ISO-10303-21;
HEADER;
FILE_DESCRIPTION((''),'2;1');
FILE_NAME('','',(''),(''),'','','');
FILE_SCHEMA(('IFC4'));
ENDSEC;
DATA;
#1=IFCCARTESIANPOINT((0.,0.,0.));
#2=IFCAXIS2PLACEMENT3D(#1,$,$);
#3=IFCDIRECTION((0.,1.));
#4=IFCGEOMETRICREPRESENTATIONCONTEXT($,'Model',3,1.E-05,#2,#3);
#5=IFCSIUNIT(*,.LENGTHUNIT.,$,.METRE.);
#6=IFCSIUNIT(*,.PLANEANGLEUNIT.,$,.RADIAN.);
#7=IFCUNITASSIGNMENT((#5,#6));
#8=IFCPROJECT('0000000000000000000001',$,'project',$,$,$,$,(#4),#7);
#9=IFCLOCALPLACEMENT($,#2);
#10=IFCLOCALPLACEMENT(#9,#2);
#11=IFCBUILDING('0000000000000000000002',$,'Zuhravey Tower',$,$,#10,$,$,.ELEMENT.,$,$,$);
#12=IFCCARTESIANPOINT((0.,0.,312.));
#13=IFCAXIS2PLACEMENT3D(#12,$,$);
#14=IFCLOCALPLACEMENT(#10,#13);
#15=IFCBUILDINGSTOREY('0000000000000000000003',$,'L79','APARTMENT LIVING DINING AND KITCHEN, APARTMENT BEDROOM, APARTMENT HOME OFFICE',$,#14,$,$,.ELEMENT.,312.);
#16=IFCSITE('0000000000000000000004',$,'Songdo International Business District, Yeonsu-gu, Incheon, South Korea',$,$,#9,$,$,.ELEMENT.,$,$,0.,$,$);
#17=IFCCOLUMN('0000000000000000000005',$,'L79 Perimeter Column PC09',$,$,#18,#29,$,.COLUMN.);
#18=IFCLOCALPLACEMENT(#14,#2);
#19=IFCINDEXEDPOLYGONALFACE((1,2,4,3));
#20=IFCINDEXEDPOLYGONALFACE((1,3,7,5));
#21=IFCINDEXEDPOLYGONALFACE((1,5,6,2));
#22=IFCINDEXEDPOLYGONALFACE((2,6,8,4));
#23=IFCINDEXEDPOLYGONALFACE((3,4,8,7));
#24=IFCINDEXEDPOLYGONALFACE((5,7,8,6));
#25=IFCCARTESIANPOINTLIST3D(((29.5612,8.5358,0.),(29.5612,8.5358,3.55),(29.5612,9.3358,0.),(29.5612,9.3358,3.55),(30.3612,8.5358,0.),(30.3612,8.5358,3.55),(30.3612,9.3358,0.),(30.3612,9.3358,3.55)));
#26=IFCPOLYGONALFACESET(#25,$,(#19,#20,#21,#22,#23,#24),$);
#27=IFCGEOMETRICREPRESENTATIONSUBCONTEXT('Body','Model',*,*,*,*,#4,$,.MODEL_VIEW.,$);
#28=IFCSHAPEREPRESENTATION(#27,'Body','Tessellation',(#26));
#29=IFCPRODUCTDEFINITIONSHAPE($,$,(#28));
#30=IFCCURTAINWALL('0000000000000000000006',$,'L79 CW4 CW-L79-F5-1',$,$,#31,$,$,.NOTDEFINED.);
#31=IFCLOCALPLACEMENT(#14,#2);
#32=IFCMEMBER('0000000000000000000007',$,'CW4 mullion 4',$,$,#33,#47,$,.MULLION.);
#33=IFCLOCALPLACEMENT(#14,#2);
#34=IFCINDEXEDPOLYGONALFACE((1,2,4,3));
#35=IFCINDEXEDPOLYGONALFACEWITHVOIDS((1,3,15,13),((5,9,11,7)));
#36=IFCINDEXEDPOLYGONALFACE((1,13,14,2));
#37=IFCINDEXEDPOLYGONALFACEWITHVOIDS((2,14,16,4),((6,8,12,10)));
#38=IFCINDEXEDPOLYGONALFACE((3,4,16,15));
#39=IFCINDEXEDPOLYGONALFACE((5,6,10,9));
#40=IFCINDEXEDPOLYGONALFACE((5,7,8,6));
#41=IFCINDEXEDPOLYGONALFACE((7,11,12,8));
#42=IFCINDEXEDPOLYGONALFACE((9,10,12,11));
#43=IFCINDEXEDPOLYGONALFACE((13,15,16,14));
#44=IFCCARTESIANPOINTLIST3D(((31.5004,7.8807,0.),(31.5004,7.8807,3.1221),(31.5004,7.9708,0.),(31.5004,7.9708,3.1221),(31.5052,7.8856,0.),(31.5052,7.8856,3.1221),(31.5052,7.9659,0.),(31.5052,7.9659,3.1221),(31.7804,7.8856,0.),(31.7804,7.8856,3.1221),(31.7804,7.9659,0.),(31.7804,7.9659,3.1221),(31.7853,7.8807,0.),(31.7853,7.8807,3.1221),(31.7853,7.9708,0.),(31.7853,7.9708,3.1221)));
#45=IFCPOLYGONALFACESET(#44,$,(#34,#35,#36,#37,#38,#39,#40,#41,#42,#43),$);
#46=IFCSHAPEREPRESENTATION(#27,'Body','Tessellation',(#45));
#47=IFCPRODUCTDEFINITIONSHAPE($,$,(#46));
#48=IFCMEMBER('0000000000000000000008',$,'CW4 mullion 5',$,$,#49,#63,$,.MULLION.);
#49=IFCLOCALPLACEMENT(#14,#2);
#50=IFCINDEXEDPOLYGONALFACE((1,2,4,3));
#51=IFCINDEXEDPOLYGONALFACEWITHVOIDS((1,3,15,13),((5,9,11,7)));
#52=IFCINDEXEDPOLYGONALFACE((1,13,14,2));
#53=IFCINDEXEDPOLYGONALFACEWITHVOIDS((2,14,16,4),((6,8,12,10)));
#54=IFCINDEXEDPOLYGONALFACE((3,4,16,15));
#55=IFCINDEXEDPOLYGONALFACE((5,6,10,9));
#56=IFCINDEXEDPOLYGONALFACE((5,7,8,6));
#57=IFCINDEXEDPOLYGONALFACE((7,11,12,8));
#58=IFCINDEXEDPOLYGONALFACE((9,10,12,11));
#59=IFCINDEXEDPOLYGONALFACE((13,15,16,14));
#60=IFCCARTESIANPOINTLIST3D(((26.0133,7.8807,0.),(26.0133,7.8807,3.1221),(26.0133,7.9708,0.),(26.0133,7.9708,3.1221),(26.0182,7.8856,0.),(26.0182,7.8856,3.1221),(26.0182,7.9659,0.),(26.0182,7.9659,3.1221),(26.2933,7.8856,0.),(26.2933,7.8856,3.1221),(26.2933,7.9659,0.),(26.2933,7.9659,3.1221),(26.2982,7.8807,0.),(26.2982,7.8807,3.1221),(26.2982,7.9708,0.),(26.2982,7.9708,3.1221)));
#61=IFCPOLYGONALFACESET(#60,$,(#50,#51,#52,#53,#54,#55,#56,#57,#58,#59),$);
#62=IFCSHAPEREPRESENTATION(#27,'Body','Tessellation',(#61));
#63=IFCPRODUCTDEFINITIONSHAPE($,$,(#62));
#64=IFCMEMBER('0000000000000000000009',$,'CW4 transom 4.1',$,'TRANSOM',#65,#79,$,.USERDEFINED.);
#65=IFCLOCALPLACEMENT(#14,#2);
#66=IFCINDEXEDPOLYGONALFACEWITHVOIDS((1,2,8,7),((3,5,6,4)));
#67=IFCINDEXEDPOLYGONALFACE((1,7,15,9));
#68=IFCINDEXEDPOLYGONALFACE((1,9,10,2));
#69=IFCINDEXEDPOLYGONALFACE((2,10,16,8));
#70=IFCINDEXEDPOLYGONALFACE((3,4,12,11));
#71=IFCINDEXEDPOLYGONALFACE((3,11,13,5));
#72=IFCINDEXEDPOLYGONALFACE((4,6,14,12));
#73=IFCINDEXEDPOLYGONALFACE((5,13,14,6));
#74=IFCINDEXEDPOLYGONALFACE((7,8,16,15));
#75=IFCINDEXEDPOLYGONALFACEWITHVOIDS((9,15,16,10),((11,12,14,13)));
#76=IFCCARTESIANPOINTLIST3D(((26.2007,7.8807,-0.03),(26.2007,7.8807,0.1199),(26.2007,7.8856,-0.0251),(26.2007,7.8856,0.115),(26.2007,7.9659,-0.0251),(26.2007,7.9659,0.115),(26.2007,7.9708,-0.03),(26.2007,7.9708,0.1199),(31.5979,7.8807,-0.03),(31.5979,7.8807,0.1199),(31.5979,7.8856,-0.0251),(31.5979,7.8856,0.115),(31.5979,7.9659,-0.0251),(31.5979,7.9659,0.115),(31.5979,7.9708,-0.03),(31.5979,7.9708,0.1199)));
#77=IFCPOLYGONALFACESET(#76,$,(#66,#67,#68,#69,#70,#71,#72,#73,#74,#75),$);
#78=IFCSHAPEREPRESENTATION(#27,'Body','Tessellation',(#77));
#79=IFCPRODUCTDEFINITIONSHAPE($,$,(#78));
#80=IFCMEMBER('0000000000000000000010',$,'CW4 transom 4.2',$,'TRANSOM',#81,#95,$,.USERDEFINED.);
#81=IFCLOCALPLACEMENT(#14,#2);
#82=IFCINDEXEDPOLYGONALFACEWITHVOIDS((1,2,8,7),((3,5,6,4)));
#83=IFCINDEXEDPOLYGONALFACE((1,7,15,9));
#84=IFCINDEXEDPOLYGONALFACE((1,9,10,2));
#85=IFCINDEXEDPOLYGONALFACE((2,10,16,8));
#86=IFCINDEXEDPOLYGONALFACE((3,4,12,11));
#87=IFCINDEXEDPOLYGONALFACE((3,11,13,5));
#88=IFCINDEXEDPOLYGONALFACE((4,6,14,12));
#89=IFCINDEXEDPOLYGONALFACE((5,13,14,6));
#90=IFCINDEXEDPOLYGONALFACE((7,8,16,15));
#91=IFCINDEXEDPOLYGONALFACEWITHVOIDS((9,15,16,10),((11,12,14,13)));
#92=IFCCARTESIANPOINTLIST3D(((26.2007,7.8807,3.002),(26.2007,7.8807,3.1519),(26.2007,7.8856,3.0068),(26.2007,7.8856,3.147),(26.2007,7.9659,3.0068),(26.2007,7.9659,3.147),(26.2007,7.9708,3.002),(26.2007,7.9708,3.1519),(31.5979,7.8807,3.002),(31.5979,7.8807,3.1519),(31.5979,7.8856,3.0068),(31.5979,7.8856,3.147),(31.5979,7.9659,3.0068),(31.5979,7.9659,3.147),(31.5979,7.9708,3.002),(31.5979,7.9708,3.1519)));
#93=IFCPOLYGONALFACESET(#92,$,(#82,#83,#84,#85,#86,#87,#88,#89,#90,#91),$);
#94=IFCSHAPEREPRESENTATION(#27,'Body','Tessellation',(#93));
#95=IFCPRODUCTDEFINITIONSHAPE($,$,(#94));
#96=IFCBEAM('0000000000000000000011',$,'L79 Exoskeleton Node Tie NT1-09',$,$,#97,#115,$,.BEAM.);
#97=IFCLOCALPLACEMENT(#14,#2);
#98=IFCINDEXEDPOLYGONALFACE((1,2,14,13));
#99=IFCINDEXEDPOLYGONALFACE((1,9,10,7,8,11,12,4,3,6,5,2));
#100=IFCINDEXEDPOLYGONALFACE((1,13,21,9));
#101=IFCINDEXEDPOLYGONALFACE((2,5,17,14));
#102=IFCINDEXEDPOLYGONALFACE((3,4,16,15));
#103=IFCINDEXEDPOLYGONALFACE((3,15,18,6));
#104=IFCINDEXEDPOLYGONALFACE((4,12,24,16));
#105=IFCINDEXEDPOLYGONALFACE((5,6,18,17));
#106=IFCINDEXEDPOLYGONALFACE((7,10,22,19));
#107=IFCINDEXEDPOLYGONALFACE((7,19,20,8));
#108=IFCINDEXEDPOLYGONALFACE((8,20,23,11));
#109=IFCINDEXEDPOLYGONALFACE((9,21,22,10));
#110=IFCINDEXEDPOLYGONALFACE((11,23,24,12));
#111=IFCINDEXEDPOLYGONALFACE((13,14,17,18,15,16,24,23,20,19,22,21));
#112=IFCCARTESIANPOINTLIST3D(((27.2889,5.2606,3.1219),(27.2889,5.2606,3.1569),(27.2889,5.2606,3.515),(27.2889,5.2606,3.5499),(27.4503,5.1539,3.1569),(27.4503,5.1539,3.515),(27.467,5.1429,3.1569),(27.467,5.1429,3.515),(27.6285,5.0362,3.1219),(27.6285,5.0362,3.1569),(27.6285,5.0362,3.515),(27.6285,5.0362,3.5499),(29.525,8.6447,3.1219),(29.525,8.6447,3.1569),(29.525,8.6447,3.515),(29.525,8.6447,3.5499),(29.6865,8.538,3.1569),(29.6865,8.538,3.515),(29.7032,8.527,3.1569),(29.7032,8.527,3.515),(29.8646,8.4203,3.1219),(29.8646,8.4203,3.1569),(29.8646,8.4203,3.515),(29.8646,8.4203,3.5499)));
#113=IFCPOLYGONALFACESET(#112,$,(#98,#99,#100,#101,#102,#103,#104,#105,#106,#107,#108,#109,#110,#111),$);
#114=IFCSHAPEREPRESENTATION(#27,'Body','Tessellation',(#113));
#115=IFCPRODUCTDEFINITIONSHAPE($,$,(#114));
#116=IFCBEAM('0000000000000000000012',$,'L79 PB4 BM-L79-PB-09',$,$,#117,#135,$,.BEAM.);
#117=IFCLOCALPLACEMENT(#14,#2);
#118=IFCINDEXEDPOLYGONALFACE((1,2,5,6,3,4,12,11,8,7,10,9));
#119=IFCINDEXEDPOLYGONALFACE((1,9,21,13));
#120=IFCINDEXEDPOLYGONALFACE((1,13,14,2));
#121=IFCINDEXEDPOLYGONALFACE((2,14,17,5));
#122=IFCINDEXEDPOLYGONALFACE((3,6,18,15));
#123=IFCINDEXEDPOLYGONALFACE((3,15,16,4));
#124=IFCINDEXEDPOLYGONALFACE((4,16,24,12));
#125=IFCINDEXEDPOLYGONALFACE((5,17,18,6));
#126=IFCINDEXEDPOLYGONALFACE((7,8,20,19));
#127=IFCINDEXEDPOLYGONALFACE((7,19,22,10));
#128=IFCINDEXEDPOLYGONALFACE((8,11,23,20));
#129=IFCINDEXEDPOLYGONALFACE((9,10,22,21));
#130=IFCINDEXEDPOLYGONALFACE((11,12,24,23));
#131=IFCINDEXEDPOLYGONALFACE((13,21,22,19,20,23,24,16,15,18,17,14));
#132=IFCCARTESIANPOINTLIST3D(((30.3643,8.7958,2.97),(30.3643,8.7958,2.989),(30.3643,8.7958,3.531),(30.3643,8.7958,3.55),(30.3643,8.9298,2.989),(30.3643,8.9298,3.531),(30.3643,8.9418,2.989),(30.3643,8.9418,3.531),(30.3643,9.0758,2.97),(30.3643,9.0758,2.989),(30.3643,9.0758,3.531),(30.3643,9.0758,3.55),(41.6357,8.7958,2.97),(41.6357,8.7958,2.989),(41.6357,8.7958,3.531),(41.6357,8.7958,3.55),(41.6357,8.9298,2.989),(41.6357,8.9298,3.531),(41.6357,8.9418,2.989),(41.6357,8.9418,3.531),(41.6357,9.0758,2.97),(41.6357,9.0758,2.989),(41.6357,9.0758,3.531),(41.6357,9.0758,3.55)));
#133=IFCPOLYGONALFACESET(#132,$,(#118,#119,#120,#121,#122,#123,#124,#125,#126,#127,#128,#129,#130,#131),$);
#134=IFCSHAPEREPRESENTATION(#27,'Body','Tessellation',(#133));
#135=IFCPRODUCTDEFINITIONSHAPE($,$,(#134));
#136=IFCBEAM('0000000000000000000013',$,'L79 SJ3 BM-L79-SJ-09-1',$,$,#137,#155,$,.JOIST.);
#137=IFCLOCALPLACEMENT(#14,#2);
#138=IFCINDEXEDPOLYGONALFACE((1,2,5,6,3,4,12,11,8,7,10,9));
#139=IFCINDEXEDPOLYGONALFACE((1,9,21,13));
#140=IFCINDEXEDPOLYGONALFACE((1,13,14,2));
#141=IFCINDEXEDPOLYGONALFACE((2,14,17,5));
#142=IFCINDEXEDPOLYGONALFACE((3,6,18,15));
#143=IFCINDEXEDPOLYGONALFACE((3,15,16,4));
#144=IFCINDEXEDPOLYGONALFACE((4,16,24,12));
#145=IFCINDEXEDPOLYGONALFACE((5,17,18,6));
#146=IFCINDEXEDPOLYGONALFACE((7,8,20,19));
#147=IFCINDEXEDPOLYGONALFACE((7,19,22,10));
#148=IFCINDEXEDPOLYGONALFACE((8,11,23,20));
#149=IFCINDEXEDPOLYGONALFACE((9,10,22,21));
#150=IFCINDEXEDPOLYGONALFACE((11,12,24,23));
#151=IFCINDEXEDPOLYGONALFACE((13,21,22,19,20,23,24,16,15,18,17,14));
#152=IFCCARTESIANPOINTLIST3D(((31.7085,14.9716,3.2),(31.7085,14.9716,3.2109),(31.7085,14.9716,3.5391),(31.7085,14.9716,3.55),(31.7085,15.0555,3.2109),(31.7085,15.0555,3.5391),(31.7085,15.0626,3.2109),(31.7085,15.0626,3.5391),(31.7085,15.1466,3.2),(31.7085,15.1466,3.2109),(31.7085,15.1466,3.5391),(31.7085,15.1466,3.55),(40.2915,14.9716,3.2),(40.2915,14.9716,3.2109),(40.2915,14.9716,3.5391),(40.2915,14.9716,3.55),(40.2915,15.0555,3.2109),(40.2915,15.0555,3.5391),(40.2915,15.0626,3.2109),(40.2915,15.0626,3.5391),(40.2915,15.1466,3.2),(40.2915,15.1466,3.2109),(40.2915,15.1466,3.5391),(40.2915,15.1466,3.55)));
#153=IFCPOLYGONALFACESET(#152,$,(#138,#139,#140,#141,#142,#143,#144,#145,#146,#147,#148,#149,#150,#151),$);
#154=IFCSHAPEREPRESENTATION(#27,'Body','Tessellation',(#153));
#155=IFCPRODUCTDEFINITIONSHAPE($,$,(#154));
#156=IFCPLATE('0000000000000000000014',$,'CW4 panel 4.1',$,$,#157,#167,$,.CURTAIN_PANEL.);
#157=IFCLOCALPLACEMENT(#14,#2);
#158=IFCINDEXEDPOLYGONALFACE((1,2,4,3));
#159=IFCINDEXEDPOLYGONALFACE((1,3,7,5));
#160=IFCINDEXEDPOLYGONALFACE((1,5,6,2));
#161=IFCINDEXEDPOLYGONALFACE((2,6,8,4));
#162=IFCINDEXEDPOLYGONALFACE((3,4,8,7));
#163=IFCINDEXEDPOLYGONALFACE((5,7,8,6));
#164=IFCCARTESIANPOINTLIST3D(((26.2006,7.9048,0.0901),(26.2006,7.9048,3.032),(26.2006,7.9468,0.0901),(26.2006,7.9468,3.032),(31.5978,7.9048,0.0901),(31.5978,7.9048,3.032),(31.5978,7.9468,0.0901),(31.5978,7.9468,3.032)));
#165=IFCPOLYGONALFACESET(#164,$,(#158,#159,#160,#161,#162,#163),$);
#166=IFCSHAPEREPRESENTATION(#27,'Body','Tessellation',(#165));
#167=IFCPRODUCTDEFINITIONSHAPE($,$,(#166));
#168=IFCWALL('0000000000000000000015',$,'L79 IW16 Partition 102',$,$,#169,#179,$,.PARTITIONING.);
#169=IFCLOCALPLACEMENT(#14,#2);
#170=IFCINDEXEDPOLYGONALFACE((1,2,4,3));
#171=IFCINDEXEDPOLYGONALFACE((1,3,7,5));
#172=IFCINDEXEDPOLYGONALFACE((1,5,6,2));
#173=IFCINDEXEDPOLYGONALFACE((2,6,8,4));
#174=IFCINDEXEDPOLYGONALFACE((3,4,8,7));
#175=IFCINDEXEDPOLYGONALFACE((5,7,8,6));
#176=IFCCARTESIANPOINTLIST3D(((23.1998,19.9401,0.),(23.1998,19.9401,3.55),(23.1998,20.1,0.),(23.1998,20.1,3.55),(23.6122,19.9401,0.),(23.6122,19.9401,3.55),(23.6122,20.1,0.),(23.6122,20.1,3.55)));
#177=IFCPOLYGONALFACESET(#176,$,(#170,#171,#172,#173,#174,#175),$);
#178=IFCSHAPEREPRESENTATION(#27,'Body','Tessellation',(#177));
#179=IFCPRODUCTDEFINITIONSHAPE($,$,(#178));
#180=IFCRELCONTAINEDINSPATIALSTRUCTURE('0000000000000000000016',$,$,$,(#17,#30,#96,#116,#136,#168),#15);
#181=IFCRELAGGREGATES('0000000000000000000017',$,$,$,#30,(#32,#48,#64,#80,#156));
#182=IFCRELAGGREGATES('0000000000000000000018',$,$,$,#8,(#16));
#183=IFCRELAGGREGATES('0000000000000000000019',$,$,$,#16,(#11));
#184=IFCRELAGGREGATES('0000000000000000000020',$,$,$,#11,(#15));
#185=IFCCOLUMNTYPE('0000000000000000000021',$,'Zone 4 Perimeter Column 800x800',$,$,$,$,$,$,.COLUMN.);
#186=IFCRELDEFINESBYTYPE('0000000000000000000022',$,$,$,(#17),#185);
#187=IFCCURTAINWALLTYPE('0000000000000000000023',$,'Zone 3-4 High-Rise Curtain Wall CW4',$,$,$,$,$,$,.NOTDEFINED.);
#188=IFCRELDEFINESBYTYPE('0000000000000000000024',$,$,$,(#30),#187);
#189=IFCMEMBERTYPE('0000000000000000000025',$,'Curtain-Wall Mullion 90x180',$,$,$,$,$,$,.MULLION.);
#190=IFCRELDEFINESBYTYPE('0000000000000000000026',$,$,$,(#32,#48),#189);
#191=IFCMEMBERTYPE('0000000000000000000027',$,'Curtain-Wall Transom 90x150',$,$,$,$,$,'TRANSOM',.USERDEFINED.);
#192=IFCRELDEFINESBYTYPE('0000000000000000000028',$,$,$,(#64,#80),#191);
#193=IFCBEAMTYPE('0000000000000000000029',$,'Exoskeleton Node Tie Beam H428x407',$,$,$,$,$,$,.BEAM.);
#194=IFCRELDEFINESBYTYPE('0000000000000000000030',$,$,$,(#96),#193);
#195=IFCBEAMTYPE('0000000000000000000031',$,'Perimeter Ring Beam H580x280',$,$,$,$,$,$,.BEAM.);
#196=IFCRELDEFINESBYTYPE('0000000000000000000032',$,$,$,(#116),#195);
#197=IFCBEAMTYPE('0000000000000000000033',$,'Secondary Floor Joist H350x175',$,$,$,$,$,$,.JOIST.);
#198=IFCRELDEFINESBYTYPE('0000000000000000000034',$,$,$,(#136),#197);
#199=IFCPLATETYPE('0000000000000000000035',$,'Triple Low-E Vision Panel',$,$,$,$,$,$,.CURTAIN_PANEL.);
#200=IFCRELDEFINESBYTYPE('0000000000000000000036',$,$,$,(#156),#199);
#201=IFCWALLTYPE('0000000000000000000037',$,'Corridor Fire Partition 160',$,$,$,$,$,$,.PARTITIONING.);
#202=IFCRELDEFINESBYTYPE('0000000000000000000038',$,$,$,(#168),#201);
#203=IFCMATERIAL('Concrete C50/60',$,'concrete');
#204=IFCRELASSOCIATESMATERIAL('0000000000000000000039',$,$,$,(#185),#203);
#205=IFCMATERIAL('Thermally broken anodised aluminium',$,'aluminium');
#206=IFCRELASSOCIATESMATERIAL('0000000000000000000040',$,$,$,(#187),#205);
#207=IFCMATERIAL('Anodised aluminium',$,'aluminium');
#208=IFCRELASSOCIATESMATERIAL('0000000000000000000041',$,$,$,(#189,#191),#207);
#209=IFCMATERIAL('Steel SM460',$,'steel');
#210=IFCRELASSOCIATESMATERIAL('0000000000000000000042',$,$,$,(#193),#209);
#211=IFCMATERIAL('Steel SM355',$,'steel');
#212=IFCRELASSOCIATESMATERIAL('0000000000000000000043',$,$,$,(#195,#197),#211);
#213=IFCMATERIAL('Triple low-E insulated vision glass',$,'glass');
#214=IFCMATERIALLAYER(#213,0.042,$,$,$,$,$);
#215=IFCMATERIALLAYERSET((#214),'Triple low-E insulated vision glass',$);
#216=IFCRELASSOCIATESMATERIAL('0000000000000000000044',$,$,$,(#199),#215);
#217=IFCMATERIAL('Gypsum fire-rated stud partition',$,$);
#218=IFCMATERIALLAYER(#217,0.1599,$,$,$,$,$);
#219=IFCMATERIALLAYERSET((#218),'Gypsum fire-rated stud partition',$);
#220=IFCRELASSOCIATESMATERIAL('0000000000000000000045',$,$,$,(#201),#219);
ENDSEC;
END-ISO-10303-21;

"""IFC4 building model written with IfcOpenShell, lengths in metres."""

from ifc_helpers import new_model, si_unit, direction, frame, frame_2d, origin, origin_2d, place, context, subcontext, project, spatial, rectangle, hollow_rectangle, i_section, extrude, material, layer, layer_set, material_profile, profile_set, type_object, element, aggregate, save


model = new_model("IFC4")

# Units and contexts
model_context = context("Model", 3, precision=1e-05, world=origin(), true_north=direction((0.0, 1.0)))
body_context = subcontext(model_context, "Body", "Model", "MODEL_VIEW")
ifc_project = project(units=[si_unit("LENGTHUNIT", "METRE"), si_unit("PLANEANGLEUNIT", "RADIAN")], contexts=[model_context])

# Site, building, storey
site_placement = place(None, origin())
site = spatial("IfcSite", under=ifc_project, at=site_placement, Name="Songdo International Business District, Yeonsu-gu, Incheon, South Korea", CompositionType="ELEMENT", RefElevation=0.0)
building_placement = place(site_placement, origin())
building = spatial("IfcBuilding", under=site, at=building_placement, Name="Zuhravey Tower", CompositionType="ELEMENT")
storey_placement = place(building_placement, frame((0.0, 0.0, 312.0)))
storey = spatial("IfcBuildingStorey", under=building, at=storey_placement, Name="L79", Description="APARTMENT LIVING DINING AND KITCHEN, APARTMENT BEDROOM, APARTMENT HOME OFFICE", CompositionType="ELEMENT", Elevation=312.0)

# Column
ifc_material_1 = material(Name="Concrete C50/60", Category="concrete")
ifc_material_profile_1 = material_profile(ifc_material_1, rectangle(XDim=0.8, YDim=0.8, at=origin_2d()), Name="RC-800x800")
ifc_profile_set_1 = profile_set([ifc_material_profile_1], Name="Concrete C50/60")
column_type = type_object("IfcColumnType", Name="Zone 4 Perimeter Column 800x800", PredefinedType="COLUMN", material=ifc_profile_set_1)
column_placement = place(storey_placement, frame((29.9612, 8.9358, 0.0), z_axis=(0.0, 0.0, 1.0), x_axis=(1.0, 0.0, 0.0)))
element("IfcColumn", 1, at=column_placement, inside=storey, type_object=column_type, Name="L79 Perimeter Column PC09", PredefinedType="COLUMN", context=body_context, shape_type="SweptSolid", body=[
    extrude(rectangle(XDim=0.8, YDim=0.8, at=origin_2d()), origin(), (0.0, 0.0, 1.0), 3.55),
])

# Curtain wall, members
ifc_material_2 = material(Name="Thermally broken anodised aluminium", Category="aluminium")
curtain_wall_type = type_object("IfcCurtainWallType", Name="Zone 3-4 High-Rise Curtain Wall CW4", PredefinedType="NOTDEFINED", material=ifc_material_2)
curtain_wall_placement = place(storey_placement, origin())
curtain_wall = element("IfcCurtainWall", 2, at=curtain_wall_placement, inside=storey, type_object=curtain_wall_type, Name="L79 CW4 CW-L79-F5-1", PredefinedType="NOTDEFINED")
ifc_material_3 = material(Name="Anodised aluminium", Category="aluminium")
ifc_material_profile_2 = material_profile(ifc_material_3, hollow_rectangle(XDim=0.0901, YDim=0.2849, WallThickness=0.0049, at=origin_2d()), Name="ALU-RHS-90x285x5")
ifc_profile_set_2 = profile_set([ifc_material_profile_2], Name="Anodised aluminium")
member_type_1 = type_object("IfcMemberType", Name="Curtain-Wall Mullion 90x180", PredefinedType="MULLION", material=ifc_profile_set_2)
member_1_placement = place(storey_placement, frame((31.6428, 7.9258, 0.0), z_axis=(0.0, 0.0, 1.0), x_axis=(0.0, -1.0, 0.0)))
member_1 = element("IfcMember", 3, at=member_1_placement, type_object=member_type_1, Name="CW4 mullion 4", PredefinedType="MULLION", context=body_context, shape_type="SweptSolid", body=[
    extrude(hollow_rectangle(XDim=0.0901, YDim=0.2849, WallThickness=0.0049, at=origin_2d()), origin(), (0.0, 0.0, 1.0), 3.1221),
])
member_2_placement = place(storey_placement, frame((26.1558, 7.9258, 0.0), z_axis=(0.0, 0.0, 1.0), x_axis=(0.0, -1.0, 0.0)))
member_2 = element("IfcMember", 4, at=member_2_placement, type_object=member_type_1, Name="CW4 mullion 5", PredefinedType="MULLION", context=body_context, shape_type="SweptSolid", body=[
    extrude(hollow_rectangle(XDim=0.0901, YDim=0.2849, WallThickness=0.0049, at=origin_2d()), origin(), (0.0, 0.0, 1.0), 3.1221),
])
ifc_material_profile_3 = material_profile(ifc_material_3, hollow_rectangle(XDim=0.0901, YDim=0.1499, WallThickness=0.0049, at=origin_2d()), Name="ALU-RHS-90x150x5")
ifc_profile_set_3 = profile_set([ifc_material_profile_3], Name="Anodised aluminium")
member_type_2 = type_object("IfcMemberType", Name="Curtain-Wall Transom 90x150", ElementType="TRANSOM", PredefinedType="USERDEFINED", material=ifc_profile_set_3)
member_3_placement = place(storey_placement, frame((31.5979, 7.9258, 0.0449), z_axis=(-1.0, 0.0, 0.0), x_axis=(0.0, -1.0, 0.0)))
member_3 = element("IfcMember", 5, at=member_3_placement, type_object=member_type_2, Name="CW4 transom 4.1", ObjectType="TRANSOM", PredefinedType="USERDEFINED", context=body_context, shape_type="SweptSolid", body=[
    extrude(hollow_rectangle(XDim=0.0901, YDim=0.1499, WallThickness=0.0049, at=origin_2d()), origin(), (0.0, 0.0, 1.0), 5.3972),
])
member_4_placement = place(storey_placement, frame((31.5979, 7.9258, 3.0769), z_axis=(-1.0, 0.0, 0.0), x_axis=(0.0, -1.0, 0.0)))
member_4 = element("IfcMember", 6, at=member_4_placement, type_object=member_type_2, Name="CW4 transom 4.2", ObjectType="TRANSOM", PredefinedType="USERDEFINED", context=body_context, shape_type="SweptSolid", body=[
    extrude(hollow_rectangle(XDim=0.0901, YDim=0.1499, WallThickness=0.0049, at=origin_2d()), origin(), (0.0, 0.0, 1.0), 5.3972),
])

# Beams
ifc_material_4 = material(Name="Steel SM460", Category="steel")
ifc_material_profile_4 = material_profile(ifc_material_4, i_section(OverallWidth=0.407, OverallDepth=0.428, WebThickness=0.02, FlangeThickness=0.0349, at=origin_2d()), Name="H-428x407x20x35")
ifc_profile_set_4 = profile_set([ifc_material_profile_4], Name="Steel SM460")
beam_type_1 = type_object("IfcBeamType", Name="Exoskeleton Node Tie Beam H428x407", PredefinedType="BEAM", material=ifc_profile_set_4)
beam_1_placement = place(storey_placement, frame((29.6948, 8.5325, 3.3359), z_axis=(-0.551292, -0.834312, 0.0), x_axis=(0.834312, -0.551292, 0.0)))
element("IfcBeam", 7, at=beam_1_placement, inside=storey, type_object=beam_type_1, Name="L79 Exoskeleton Node Tie NT1-09", PredefinedType="BEAM", context=body_context, shape_type="SweptSolid", body=[
    extrude(i_section(OverallWidth=0.407, OverallDepth=0.428, WebThickness=0.02, FlangeThickness=0.0349, at=origin_2d()), origin(), (0.0, 0.0, 1.0), 4.0562),
])
ifc_material_5 = material(Name="Steel SM355", Category="steel")
ifc_material_profile_5 = material_profile(ifc_material_5, i_section(OverallWidth=0.28, OverallDepth=0.5801, WebThickness=0.012, FlangeThickness=0.019, at=origin_2d()), Name="H-580x280x12x19")
ifc_profile_set_5 = profile_set([ifc_material_profile_5], Name="Steel SM355")
beam_type_2 = type_object("IfcBeamType", Name="Perimeter Ring Beam H580x280", PredefinedType="BEAM", material=ifc_profile_set_5)
beam_2_placement = place(storey_placement, frame((30.3643, 8.9358, 3.26), z_axis=(1.0, 0.0, 0.0), x_axis=(0.0, 1.0, 0.0)))
element("IfcBeam", 8, at=beam_2_placement, inside=storey, type_object=beam_type_2, Name="L79 PB4 BM-L79-PB-09", PredefinedType="BEAM", context=body_context, shape_type="SweptSolid", body=[
    extrude(i_section(OverallWidth=0.28, OverallDepth=0.5801, WebThickness=0.012, FlangeThickness=0.019, at=origin_2d()), origin(), (0.0, 0.0, 1.0), 11.2715),
])
ifc_material_profile_6 = material_profile(ifc_material_5, i_section(OverallWidth=0.175, OverallDepth=0.3501, WebThickness=0.0071, FlangeThickness=0.011, at=origin_2d()), Name="H-350x175x7x11")
ifc_profile_set_6 = profile_set([ifc_material_profile_6], Name="Steel SM355")
beam_type_3 = type_object("IfcBeamType", Name="Secondary Floor Joist H350x175", PredefinedType="JOIST", material=ifc_profile_set_6)
beam_3_placement = place(storey_placement, frame((31.7085, 15.0591, 3.375), z_axis=(1.0, 0.0, 0.0), x_axis=(0.0, 1.0, 0.0)))
element("IfcBeam", 9, at=beam_3_placement, inside=storey, type_object=beam_type_3, Name="L79 SJ3 BM-L79-SJ-09-1", PredefinedType="JOIST", context=body_context, shape_type="SweptSolid", body=[
    extrude(i_section(OverallWidth=0.175, OverallDepth=0.3501, WebThickness=0.0071, FlangeThickness=0.011, at=origin_2d()), origin(), (0.0, 0.0, 1.0), 8.583),
])

# Plate
ifc_material_6 = material(Name="Triple low-E insulated vision glass", Category="glass")
ifc_layer_1 = layer(ifc_material_6, 0.042)
ifc_layer_set_1 = layer_set([ifc_layer_1], Name="Triple low-E insulated vision glass")
plate_type = type_object("IfcPlateType", Name="Triple Low-E Vision Panel", PredefinedType="CURTAIN_PANEL", material=ifc_layer_set_1)
plate_placement = place(storey_placement, frame((28.8992, 7.9258, 0.0901), z_axis=(0.0, 0.0, 1.0), x_axis=(-1.0, 0.0, 0.0)))
plate = element("IfcPlate", 10, at=plate_placement, type_object=plate_type, Name="CW4 panel 4.1", PredefinedType="CURTAIN_PANEL", context=body_context, shape_type="SweptSolid", body=[
    extrude(rectangle(XDim=5.3972, YDim=0.042, at=origin_2d()), origin(), (0.0, 0.0, 1.0), 2.9419),
])
aggregate(curtain_wall, [member_1, member_2, member_3, member_4, plate])

# Shared definitions
ifc_material_7 = material(Name="Gypsum fire-rated stud partition")
ifc_layer_2 = layer(ifc_material_7, 0.1599)
ifc_layer_set_2 = layer_set([ifc_layer_2], Name="Gypsum fire-rated stud partition")
wall_type_1 = type_object("IfcWallType", Name="Corridor Fire Partition 160", PredefinedType="PARTITIONING", material=ifc_layer_set_2)

# Wall
wall_1_placement = place(storey_placement, frame((23.2, 20.02, 0.0), z_axis=(0.0, 0.0, 1.0), x_axis=(1.0, 0.0, 0.0)))
element("IfcWall", 11, at=wall_1_placement, inside=storey, type_object=wall_type_1, Name="L79 IW16 Partition 102", PredefinedType="PARTITIONING", context=body_context, shape_type="SweptSolid", body=[
    extrude(rectangle(XDim=0.4124, YDim=0.1599, at=frame_2d((0.2061, 0.0))), origin(), (0.0, 0.0, 1.0), 3.55),
])

save(model, "model.ifc")
